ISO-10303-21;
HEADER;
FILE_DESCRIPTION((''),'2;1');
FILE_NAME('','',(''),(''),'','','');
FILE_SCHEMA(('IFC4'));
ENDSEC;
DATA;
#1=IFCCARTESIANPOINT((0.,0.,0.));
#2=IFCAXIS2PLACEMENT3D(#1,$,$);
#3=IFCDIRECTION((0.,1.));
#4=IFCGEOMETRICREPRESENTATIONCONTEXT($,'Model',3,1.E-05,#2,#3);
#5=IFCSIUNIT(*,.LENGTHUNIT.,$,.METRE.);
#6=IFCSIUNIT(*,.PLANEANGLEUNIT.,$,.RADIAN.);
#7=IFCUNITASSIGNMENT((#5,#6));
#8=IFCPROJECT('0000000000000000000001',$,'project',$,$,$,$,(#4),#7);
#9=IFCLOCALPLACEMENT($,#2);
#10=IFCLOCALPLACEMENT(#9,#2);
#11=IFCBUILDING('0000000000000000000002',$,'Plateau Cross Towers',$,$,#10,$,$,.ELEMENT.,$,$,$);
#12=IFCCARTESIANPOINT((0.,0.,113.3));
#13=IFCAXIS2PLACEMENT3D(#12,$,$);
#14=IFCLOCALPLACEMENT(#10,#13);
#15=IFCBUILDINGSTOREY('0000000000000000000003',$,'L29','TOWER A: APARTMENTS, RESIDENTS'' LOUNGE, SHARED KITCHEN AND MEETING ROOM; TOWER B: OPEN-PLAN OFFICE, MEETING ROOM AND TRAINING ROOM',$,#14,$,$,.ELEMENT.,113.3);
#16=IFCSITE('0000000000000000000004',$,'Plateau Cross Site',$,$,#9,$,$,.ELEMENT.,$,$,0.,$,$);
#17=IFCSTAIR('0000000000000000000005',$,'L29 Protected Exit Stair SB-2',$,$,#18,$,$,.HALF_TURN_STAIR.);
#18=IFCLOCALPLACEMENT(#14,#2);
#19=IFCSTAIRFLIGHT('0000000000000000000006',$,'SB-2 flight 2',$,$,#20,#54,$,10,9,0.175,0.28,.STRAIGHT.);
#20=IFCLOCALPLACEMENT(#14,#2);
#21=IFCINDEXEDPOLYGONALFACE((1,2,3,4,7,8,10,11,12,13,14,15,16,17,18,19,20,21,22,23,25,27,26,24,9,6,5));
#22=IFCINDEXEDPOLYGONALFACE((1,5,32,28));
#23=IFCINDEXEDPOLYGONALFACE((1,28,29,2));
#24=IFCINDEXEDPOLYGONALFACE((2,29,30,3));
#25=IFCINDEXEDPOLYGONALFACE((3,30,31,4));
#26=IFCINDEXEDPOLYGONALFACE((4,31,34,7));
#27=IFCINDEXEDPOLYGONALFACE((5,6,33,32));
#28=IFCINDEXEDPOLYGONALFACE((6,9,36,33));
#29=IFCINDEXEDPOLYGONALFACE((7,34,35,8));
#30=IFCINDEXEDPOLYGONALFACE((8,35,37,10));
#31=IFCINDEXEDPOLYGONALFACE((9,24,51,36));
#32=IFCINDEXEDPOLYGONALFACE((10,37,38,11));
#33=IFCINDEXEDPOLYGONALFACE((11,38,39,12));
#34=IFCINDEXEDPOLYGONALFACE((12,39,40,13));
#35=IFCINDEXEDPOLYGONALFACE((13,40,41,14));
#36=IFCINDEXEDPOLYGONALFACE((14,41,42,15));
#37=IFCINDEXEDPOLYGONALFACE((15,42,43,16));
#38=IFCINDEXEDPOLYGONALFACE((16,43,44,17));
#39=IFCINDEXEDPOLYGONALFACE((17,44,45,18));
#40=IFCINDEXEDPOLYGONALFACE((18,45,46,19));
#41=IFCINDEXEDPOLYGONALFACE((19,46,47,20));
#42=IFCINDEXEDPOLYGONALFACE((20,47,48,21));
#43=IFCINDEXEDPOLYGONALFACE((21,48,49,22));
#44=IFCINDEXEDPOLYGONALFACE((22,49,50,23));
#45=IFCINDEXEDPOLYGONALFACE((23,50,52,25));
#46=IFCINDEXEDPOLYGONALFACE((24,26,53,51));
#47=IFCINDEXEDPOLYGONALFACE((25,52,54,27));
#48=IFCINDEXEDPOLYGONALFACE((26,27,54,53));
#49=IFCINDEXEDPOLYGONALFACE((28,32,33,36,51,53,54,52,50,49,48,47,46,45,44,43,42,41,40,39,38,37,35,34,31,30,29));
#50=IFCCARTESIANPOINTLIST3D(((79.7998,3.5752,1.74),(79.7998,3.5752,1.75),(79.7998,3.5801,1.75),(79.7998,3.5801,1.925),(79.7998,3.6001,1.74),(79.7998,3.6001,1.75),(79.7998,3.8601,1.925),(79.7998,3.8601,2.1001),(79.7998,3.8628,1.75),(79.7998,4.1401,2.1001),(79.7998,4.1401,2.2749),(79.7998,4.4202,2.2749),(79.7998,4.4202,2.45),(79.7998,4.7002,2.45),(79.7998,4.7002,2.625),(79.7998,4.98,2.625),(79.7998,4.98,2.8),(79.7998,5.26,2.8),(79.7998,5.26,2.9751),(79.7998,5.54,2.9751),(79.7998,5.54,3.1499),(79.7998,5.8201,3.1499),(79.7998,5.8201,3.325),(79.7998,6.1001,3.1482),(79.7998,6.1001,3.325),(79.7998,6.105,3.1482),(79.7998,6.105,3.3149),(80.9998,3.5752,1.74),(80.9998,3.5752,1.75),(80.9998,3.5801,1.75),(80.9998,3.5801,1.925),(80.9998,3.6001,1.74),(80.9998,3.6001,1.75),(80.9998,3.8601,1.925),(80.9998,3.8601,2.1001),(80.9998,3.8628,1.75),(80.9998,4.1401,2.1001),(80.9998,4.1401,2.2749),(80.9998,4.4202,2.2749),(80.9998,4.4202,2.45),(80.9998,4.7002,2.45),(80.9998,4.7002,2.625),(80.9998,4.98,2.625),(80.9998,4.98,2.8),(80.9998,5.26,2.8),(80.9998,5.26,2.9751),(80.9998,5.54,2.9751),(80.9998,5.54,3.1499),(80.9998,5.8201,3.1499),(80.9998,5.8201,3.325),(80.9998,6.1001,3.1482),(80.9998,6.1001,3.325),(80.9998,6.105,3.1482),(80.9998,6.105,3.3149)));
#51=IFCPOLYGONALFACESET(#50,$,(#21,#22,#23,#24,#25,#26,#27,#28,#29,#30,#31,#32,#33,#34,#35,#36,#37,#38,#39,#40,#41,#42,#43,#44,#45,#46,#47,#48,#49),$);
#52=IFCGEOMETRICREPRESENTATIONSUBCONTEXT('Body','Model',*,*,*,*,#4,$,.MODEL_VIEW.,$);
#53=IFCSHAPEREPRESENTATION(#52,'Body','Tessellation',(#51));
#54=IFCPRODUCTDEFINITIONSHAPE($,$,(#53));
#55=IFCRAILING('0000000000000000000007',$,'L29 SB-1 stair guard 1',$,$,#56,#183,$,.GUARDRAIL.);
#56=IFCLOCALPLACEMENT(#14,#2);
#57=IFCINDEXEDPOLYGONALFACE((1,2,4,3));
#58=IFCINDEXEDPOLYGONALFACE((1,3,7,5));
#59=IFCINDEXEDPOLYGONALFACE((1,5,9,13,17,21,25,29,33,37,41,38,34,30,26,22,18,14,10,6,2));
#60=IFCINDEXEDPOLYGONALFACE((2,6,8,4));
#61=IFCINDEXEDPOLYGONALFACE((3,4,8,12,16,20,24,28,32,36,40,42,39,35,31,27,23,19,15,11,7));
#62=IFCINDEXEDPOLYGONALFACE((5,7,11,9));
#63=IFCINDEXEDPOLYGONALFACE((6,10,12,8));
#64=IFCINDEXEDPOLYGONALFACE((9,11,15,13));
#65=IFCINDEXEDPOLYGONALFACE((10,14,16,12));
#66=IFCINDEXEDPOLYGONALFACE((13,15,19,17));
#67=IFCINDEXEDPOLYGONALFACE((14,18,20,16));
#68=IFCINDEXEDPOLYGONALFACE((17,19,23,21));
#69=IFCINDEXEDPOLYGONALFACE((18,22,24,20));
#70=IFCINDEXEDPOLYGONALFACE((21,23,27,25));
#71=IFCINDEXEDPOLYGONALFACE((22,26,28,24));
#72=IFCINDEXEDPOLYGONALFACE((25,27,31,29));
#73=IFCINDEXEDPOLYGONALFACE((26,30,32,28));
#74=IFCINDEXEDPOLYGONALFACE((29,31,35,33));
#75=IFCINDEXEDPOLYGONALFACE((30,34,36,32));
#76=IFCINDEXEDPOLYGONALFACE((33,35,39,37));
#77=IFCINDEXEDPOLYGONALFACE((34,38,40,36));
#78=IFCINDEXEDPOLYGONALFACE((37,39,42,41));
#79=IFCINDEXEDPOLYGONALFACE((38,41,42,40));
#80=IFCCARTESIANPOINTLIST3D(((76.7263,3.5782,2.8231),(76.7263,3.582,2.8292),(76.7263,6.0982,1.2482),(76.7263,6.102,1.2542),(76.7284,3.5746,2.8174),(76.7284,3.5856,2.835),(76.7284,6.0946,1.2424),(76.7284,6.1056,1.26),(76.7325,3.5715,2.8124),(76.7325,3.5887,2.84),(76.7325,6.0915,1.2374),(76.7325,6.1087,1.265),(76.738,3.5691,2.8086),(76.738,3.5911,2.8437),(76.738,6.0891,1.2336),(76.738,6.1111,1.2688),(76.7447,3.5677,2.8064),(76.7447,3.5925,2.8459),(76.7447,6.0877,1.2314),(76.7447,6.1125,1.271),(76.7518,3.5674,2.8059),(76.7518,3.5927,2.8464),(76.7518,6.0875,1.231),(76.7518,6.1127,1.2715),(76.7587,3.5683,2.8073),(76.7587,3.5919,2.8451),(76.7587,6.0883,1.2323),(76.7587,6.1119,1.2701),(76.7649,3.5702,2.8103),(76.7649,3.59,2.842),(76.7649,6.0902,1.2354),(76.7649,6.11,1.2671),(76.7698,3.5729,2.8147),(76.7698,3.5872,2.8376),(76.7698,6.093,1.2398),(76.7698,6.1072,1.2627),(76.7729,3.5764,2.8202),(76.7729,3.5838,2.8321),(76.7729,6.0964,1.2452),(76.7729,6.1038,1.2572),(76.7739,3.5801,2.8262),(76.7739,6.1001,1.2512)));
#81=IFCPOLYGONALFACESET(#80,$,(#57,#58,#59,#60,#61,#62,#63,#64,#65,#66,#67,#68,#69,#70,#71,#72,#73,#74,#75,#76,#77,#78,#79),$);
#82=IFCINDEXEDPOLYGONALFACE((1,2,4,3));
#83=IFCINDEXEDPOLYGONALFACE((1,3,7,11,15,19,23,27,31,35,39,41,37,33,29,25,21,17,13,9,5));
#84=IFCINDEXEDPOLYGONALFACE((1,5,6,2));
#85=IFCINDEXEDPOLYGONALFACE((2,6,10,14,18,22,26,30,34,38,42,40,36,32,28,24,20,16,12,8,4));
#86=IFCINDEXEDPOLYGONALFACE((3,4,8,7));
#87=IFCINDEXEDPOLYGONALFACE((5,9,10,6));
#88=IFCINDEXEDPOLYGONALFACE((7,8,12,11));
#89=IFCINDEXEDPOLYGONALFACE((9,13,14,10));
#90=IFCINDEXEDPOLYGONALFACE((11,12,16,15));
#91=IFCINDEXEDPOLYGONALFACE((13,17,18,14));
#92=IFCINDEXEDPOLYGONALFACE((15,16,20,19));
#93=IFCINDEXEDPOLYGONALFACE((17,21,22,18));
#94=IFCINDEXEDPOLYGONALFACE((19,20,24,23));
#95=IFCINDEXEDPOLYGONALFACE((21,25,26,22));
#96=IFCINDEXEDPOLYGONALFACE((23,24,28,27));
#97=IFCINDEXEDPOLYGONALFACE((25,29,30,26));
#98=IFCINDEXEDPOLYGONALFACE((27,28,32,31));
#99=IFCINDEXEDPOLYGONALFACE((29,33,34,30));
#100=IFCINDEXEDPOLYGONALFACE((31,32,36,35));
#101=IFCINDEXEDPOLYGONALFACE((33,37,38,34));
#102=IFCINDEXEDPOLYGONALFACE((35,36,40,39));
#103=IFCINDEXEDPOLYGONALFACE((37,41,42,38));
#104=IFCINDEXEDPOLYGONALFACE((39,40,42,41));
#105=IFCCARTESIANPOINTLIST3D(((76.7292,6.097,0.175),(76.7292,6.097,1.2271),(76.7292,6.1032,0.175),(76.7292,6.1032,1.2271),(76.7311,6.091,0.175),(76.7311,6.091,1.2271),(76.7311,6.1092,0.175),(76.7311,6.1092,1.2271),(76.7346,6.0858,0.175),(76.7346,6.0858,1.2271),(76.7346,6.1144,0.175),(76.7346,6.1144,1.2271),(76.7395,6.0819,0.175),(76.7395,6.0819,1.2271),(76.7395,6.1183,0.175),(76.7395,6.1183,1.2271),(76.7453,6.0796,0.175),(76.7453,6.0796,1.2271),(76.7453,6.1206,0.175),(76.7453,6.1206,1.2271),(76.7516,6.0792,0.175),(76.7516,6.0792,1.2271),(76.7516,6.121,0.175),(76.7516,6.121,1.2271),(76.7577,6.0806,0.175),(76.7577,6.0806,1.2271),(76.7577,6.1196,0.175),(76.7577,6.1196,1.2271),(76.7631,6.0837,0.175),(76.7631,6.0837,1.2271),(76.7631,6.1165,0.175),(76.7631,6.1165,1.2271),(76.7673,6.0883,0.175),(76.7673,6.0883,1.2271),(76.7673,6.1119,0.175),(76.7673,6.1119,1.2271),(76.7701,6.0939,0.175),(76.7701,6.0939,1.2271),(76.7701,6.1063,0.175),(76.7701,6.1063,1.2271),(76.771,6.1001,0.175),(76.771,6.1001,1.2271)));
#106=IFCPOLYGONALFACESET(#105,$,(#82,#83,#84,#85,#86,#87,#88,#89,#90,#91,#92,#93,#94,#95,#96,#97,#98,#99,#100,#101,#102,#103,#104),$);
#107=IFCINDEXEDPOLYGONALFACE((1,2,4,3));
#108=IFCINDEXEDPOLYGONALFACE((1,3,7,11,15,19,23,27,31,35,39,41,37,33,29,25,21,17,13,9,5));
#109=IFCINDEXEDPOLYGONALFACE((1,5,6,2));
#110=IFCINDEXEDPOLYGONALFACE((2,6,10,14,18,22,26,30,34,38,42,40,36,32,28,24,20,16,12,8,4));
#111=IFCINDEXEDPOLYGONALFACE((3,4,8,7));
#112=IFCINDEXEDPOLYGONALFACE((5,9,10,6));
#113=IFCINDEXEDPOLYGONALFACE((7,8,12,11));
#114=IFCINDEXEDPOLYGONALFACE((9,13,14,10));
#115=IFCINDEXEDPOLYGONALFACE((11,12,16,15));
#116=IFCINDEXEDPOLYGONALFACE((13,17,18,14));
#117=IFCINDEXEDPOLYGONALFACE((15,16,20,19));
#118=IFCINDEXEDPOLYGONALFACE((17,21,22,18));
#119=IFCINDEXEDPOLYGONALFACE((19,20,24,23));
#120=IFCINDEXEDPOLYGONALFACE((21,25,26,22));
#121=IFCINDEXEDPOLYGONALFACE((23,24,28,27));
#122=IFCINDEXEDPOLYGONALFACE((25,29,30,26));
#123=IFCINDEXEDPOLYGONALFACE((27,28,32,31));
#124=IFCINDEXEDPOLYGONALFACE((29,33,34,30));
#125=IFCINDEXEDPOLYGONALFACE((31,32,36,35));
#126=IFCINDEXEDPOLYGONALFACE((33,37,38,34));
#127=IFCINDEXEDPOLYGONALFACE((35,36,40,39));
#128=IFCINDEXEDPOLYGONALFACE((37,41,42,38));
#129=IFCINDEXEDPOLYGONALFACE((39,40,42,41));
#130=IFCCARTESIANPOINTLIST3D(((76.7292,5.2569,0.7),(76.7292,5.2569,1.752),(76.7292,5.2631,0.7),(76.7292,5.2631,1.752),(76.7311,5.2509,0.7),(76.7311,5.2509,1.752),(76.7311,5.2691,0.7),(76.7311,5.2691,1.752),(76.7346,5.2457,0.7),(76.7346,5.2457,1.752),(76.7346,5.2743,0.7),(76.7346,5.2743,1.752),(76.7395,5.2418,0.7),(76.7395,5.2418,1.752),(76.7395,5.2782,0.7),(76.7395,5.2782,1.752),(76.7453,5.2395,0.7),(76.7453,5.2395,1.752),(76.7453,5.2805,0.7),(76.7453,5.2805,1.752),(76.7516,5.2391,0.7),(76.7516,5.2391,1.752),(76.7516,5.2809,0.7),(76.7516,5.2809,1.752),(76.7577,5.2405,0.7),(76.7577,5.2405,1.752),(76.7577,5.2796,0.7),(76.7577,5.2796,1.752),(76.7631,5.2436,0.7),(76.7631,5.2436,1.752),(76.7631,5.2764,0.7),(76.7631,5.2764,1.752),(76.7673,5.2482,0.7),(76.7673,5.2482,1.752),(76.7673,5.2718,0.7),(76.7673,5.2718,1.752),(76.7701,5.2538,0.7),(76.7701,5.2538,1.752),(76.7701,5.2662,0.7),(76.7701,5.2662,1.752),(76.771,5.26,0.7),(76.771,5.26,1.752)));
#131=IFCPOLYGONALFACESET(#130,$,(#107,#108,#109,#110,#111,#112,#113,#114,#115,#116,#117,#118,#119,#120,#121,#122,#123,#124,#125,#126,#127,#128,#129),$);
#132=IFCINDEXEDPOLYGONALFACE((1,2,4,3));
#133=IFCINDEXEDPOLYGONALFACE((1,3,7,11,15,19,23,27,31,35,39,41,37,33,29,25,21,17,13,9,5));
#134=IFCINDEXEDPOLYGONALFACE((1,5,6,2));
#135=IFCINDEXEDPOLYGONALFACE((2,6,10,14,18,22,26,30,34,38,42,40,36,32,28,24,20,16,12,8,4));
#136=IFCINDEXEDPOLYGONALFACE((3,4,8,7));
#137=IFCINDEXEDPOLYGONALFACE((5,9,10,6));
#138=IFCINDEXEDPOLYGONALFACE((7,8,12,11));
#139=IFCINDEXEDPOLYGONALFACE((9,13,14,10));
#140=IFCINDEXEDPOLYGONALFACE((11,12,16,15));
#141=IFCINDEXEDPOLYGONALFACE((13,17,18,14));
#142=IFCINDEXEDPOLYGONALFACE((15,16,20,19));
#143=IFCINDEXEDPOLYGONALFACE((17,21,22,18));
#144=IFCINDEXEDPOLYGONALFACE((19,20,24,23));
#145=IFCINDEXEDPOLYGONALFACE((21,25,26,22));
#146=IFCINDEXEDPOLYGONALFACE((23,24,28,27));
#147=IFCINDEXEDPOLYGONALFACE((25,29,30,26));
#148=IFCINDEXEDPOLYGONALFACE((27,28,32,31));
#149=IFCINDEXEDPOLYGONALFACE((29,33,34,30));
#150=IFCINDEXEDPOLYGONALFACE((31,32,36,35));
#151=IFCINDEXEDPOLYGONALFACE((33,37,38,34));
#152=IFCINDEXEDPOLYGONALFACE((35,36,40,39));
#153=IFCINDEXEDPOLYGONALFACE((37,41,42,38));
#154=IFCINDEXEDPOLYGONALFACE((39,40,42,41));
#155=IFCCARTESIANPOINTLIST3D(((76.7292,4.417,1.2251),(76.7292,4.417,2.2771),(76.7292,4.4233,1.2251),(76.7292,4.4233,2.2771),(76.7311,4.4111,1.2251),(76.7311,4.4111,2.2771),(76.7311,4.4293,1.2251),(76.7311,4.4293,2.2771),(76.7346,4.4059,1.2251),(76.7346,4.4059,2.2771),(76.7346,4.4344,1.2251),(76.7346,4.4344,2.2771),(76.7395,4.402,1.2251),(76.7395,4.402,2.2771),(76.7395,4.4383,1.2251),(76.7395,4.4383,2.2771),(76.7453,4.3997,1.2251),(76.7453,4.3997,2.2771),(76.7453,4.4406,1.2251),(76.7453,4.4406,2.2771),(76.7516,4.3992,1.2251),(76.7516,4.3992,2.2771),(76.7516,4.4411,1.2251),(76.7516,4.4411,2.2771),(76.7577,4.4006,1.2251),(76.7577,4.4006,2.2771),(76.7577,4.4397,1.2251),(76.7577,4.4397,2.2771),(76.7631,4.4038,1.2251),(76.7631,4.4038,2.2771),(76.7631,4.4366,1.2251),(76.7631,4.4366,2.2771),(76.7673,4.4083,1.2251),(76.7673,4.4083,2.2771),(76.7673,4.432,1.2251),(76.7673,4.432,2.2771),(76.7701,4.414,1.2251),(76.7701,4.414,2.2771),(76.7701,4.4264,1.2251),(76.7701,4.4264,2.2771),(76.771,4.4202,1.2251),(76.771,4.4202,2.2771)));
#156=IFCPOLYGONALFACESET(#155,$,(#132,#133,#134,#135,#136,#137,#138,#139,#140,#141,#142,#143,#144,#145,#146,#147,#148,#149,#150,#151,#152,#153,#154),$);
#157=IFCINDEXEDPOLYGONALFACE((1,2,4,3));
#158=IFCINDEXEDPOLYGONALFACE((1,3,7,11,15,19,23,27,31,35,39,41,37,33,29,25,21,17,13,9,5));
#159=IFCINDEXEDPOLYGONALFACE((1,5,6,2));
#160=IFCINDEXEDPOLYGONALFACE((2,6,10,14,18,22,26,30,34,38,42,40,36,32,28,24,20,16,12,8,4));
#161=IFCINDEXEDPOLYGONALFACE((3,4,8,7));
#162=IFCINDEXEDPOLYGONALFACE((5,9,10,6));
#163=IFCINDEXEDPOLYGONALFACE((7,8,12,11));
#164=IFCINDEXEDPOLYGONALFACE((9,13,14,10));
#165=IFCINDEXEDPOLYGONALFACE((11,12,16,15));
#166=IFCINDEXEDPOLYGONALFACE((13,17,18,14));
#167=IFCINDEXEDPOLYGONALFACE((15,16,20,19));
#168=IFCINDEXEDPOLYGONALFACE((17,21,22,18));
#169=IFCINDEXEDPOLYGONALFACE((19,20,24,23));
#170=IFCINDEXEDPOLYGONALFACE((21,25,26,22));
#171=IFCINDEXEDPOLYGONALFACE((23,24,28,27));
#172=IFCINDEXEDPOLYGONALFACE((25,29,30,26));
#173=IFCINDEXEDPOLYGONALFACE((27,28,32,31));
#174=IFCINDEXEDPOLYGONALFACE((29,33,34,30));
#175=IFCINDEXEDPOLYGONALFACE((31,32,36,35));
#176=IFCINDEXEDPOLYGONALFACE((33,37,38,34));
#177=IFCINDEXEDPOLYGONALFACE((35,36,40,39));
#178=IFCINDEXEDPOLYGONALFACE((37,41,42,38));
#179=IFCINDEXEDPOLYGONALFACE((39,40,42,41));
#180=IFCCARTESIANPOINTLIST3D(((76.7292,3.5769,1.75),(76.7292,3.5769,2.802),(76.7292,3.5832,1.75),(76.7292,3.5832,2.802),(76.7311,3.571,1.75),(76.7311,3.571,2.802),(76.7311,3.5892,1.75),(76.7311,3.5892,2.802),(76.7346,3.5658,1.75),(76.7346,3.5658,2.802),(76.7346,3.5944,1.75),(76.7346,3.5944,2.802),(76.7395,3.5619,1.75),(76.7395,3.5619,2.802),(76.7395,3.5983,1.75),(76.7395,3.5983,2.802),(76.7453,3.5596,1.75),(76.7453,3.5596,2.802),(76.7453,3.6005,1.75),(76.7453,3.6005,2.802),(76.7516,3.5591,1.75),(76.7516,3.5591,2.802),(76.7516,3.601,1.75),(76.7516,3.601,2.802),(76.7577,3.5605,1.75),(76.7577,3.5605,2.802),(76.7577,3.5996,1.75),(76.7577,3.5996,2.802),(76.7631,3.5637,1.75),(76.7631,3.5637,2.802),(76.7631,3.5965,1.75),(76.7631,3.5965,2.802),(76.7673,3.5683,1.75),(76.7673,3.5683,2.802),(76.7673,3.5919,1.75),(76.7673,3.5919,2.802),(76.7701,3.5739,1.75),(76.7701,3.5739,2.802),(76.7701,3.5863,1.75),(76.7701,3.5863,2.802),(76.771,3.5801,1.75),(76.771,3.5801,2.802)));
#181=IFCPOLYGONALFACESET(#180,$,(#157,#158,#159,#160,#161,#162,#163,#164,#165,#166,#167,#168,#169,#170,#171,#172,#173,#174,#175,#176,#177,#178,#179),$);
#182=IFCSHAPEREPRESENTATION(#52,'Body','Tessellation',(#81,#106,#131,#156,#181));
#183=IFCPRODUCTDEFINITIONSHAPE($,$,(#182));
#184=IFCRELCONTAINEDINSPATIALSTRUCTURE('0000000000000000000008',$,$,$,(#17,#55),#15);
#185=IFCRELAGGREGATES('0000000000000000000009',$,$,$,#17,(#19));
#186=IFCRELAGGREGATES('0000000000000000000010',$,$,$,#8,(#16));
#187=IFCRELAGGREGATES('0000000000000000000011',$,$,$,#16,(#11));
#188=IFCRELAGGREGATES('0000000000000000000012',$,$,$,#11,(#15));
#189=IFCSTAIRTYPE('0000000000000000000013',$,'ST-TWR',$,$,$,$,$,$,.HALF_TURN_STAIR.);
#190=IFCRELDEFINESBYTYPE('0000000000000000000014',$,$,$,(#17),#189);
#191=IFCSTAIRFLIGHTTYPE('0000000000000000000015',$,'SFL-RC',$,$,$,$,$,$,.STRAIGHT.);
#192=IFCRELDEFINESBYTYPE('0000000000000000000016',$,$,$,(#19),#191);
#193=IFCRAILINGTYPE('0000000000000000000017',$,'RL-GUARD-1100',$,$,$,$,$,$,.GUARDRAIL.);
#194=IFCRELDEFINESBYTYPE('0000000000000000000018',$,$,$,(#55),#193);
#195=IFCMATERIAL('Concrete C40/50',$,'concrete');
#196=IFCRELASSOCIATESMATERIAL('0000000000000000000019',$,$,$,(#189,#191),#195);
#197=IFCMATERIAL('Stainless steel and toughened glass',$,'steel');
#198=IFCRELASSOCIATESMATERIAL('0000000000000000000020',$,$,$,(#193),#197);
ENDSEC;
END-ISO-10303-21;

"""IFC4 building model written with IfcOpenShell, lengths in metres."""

from ifc_helpers import new_model, si_unit, direction, frame, origin, origin_2d, place, context, subcontext, project, spatial, polyline, circle, outline, extrude, material, type_object, element, aggregate, save


model = new_model("IFC4")

# Units and contexts
model_context = context("Model", 3, precision=1e-05, world=origin(), true_north=direction((0.0, 1.0)))
body_context = subcontext(model_context, "Body", "Model", "MODEL_VIEW")
ifc_project = project(units=[si_unit("LENGTHUNIT", "METRE"), si_unit("PLANEANGLEUNIT", "RADIAN")], contexts=[model_context])

# Site, building, storey
site_placement = place(None, origin())
site = spatial("IfcSite", under=ifc_project, at=site_placement, Name="Plateau Cross Site", CompositionType="ELEMENT", RefElevation=0.0)
building_placement = place(site_placement, origin())
building = spatial("IfcBuilding", under=site, at=building_placement, Name="Plateau Cross Towers", CompositionType="ELEMENT")
storey_placement = place(building_placement, frame((0.0, 0.0, 113.3)))
storey = spatial("IfcBuildingStorey", under=building, at=storey_placement, Name="L29", Description="TOWER A: APARTMENTS, RESIDENTS' LOUNGE, SHARED KITCHEN AND MEETING ROOM; TOWER B: OPEN-PLAN OFFICE, MEETING ROOM AND TRAINING ROOM", CompositionType="ELEMENT", Elevation=113.3)

# Stair, stair flight
ifc_material_1 = material(Name="Concrete C40/50", Category="concrete")
stair_type = type_object("IfcStairType", Name="ST-TWR", PredefinedType="HALF_TURN_STAIR", material=ifc_material_1)
stair_flight_type = type_object("IfcStairFlightType", Name="SFL-RC", PredefinedType="STRAIGHT", material=ifc_material_1)
stair_1_placement = place(storey_placement, origin())
stair_1 = element("IfcStair", 1, at=stair_1_placement, inside=storey, type_object=stair_type, Name="L29 Protected Exit Stair SB-2", PredefinedType="HALF_TURN_STAIR")
stair_flight_1_placement = place(storey_placement, frame((80.3999, 3.5801, 1.75), z_axis=(0.0, 0.0, 1.0), x_axis=(0.0, 1.0, 0.0)))
stair_flight_1 = element("IfcStairFlight", 2, at=stair_flight_1_placement, type_object=stair_flight_type, Name="SB-2 flight 2", NumberOfRisers=10, NumberOfTreads=9, PredefinedType="STRAIGHT", RiserHeight=0.175, TreadLength=0.28, context=body_context, shape_type="SweptSolid", body=[
    extrude(outline(polyline([(-0.0049, -0.01), (-0.0049, 0.0), (0.0, 0.0), (0.0, 0.175), (0.28, 0.175), (0.28, 0.3501), (0.5601, 0.3501), (0.5601, 0.5249), (0.8401, 0.5249), (0.8401, 0.7), (1.1201, 0.7), (1.1201, 0.875), (1.3999, 0.875), (1.3999, 1.05), (1.6799, 1.05), (1.6799, 1.2251), (1.96, 1.2251), (1.96, 1.3999), (2.24, 1.3999), (2.24, 1.575), (2.52, 1.575), (2.5249, 1.5649), (2.5249, 1.3982), (2.52, 1.3982), (0.2827, 0.0), (0.02, 0.0), (0.02, -0.01), (-0.0049, -0.01)])), frame((0.0, 0.6001, 0.0), z_axis=(0.0, -1.0, 0.0), x_axis=(1.0, 0.0, 0.0)), (0.0, 0.0, 1.0), 1.2),
])
aggregate(stair_1, [stair_flight_1])

# Railing
ifc_material_2 = material(Name="Stainless steel and toughened glass", Category="steel")
railing_type_1 = type_object("IfcRailingType", Name="RL-GUARD-1100", PredefinedType="GUARDRAIL", material=ifc_material_2)
railing_1_placement = place(storey_placement, frame((76.75, 6.1001, 0.175)))
element("IfcRailing", 3, at=railing_1_placement, inside=storey, type_object=railing_type_1, Name="L29 SB-1 stair guard 1", PredefinedType="GUARDRAIL", context=body_context, shape_type="SweptSolid", body=[
    extrude(circle(Radius=0.0239, at=origin_2d()), frame((0.0, 0.0, 1.0762), z_axis=(0.0, -0.848008, 0.529984), x_axis=(1.0, 0.0, 0.0)), (0.0, 0.0, 1.0), 2.9717),
    extrude(circle(Radius=0.021, at=origin_2d()), origin(), (0.0, 0.0, 1.0), 1.052),
    extrude(circle(Radius=0.021, at=origin_2d()), frame((0.0, -0.8401, 0.5249)), (0.0, 0.0, 1.0), 1.052),
    extrude(circle(Radius=0.021, at=origin_2d()), frame((0.0, -1.6799, 1.05)), (0.0, 0.0, 1.0), 1.052),
    extrude(circle(Radius=0.021, at=origin_2d()), frame((0.0, -2.52, 1.575)), (0.0, 0.0, 1.0), 1.052),
])

save(model, "model.ifc")
